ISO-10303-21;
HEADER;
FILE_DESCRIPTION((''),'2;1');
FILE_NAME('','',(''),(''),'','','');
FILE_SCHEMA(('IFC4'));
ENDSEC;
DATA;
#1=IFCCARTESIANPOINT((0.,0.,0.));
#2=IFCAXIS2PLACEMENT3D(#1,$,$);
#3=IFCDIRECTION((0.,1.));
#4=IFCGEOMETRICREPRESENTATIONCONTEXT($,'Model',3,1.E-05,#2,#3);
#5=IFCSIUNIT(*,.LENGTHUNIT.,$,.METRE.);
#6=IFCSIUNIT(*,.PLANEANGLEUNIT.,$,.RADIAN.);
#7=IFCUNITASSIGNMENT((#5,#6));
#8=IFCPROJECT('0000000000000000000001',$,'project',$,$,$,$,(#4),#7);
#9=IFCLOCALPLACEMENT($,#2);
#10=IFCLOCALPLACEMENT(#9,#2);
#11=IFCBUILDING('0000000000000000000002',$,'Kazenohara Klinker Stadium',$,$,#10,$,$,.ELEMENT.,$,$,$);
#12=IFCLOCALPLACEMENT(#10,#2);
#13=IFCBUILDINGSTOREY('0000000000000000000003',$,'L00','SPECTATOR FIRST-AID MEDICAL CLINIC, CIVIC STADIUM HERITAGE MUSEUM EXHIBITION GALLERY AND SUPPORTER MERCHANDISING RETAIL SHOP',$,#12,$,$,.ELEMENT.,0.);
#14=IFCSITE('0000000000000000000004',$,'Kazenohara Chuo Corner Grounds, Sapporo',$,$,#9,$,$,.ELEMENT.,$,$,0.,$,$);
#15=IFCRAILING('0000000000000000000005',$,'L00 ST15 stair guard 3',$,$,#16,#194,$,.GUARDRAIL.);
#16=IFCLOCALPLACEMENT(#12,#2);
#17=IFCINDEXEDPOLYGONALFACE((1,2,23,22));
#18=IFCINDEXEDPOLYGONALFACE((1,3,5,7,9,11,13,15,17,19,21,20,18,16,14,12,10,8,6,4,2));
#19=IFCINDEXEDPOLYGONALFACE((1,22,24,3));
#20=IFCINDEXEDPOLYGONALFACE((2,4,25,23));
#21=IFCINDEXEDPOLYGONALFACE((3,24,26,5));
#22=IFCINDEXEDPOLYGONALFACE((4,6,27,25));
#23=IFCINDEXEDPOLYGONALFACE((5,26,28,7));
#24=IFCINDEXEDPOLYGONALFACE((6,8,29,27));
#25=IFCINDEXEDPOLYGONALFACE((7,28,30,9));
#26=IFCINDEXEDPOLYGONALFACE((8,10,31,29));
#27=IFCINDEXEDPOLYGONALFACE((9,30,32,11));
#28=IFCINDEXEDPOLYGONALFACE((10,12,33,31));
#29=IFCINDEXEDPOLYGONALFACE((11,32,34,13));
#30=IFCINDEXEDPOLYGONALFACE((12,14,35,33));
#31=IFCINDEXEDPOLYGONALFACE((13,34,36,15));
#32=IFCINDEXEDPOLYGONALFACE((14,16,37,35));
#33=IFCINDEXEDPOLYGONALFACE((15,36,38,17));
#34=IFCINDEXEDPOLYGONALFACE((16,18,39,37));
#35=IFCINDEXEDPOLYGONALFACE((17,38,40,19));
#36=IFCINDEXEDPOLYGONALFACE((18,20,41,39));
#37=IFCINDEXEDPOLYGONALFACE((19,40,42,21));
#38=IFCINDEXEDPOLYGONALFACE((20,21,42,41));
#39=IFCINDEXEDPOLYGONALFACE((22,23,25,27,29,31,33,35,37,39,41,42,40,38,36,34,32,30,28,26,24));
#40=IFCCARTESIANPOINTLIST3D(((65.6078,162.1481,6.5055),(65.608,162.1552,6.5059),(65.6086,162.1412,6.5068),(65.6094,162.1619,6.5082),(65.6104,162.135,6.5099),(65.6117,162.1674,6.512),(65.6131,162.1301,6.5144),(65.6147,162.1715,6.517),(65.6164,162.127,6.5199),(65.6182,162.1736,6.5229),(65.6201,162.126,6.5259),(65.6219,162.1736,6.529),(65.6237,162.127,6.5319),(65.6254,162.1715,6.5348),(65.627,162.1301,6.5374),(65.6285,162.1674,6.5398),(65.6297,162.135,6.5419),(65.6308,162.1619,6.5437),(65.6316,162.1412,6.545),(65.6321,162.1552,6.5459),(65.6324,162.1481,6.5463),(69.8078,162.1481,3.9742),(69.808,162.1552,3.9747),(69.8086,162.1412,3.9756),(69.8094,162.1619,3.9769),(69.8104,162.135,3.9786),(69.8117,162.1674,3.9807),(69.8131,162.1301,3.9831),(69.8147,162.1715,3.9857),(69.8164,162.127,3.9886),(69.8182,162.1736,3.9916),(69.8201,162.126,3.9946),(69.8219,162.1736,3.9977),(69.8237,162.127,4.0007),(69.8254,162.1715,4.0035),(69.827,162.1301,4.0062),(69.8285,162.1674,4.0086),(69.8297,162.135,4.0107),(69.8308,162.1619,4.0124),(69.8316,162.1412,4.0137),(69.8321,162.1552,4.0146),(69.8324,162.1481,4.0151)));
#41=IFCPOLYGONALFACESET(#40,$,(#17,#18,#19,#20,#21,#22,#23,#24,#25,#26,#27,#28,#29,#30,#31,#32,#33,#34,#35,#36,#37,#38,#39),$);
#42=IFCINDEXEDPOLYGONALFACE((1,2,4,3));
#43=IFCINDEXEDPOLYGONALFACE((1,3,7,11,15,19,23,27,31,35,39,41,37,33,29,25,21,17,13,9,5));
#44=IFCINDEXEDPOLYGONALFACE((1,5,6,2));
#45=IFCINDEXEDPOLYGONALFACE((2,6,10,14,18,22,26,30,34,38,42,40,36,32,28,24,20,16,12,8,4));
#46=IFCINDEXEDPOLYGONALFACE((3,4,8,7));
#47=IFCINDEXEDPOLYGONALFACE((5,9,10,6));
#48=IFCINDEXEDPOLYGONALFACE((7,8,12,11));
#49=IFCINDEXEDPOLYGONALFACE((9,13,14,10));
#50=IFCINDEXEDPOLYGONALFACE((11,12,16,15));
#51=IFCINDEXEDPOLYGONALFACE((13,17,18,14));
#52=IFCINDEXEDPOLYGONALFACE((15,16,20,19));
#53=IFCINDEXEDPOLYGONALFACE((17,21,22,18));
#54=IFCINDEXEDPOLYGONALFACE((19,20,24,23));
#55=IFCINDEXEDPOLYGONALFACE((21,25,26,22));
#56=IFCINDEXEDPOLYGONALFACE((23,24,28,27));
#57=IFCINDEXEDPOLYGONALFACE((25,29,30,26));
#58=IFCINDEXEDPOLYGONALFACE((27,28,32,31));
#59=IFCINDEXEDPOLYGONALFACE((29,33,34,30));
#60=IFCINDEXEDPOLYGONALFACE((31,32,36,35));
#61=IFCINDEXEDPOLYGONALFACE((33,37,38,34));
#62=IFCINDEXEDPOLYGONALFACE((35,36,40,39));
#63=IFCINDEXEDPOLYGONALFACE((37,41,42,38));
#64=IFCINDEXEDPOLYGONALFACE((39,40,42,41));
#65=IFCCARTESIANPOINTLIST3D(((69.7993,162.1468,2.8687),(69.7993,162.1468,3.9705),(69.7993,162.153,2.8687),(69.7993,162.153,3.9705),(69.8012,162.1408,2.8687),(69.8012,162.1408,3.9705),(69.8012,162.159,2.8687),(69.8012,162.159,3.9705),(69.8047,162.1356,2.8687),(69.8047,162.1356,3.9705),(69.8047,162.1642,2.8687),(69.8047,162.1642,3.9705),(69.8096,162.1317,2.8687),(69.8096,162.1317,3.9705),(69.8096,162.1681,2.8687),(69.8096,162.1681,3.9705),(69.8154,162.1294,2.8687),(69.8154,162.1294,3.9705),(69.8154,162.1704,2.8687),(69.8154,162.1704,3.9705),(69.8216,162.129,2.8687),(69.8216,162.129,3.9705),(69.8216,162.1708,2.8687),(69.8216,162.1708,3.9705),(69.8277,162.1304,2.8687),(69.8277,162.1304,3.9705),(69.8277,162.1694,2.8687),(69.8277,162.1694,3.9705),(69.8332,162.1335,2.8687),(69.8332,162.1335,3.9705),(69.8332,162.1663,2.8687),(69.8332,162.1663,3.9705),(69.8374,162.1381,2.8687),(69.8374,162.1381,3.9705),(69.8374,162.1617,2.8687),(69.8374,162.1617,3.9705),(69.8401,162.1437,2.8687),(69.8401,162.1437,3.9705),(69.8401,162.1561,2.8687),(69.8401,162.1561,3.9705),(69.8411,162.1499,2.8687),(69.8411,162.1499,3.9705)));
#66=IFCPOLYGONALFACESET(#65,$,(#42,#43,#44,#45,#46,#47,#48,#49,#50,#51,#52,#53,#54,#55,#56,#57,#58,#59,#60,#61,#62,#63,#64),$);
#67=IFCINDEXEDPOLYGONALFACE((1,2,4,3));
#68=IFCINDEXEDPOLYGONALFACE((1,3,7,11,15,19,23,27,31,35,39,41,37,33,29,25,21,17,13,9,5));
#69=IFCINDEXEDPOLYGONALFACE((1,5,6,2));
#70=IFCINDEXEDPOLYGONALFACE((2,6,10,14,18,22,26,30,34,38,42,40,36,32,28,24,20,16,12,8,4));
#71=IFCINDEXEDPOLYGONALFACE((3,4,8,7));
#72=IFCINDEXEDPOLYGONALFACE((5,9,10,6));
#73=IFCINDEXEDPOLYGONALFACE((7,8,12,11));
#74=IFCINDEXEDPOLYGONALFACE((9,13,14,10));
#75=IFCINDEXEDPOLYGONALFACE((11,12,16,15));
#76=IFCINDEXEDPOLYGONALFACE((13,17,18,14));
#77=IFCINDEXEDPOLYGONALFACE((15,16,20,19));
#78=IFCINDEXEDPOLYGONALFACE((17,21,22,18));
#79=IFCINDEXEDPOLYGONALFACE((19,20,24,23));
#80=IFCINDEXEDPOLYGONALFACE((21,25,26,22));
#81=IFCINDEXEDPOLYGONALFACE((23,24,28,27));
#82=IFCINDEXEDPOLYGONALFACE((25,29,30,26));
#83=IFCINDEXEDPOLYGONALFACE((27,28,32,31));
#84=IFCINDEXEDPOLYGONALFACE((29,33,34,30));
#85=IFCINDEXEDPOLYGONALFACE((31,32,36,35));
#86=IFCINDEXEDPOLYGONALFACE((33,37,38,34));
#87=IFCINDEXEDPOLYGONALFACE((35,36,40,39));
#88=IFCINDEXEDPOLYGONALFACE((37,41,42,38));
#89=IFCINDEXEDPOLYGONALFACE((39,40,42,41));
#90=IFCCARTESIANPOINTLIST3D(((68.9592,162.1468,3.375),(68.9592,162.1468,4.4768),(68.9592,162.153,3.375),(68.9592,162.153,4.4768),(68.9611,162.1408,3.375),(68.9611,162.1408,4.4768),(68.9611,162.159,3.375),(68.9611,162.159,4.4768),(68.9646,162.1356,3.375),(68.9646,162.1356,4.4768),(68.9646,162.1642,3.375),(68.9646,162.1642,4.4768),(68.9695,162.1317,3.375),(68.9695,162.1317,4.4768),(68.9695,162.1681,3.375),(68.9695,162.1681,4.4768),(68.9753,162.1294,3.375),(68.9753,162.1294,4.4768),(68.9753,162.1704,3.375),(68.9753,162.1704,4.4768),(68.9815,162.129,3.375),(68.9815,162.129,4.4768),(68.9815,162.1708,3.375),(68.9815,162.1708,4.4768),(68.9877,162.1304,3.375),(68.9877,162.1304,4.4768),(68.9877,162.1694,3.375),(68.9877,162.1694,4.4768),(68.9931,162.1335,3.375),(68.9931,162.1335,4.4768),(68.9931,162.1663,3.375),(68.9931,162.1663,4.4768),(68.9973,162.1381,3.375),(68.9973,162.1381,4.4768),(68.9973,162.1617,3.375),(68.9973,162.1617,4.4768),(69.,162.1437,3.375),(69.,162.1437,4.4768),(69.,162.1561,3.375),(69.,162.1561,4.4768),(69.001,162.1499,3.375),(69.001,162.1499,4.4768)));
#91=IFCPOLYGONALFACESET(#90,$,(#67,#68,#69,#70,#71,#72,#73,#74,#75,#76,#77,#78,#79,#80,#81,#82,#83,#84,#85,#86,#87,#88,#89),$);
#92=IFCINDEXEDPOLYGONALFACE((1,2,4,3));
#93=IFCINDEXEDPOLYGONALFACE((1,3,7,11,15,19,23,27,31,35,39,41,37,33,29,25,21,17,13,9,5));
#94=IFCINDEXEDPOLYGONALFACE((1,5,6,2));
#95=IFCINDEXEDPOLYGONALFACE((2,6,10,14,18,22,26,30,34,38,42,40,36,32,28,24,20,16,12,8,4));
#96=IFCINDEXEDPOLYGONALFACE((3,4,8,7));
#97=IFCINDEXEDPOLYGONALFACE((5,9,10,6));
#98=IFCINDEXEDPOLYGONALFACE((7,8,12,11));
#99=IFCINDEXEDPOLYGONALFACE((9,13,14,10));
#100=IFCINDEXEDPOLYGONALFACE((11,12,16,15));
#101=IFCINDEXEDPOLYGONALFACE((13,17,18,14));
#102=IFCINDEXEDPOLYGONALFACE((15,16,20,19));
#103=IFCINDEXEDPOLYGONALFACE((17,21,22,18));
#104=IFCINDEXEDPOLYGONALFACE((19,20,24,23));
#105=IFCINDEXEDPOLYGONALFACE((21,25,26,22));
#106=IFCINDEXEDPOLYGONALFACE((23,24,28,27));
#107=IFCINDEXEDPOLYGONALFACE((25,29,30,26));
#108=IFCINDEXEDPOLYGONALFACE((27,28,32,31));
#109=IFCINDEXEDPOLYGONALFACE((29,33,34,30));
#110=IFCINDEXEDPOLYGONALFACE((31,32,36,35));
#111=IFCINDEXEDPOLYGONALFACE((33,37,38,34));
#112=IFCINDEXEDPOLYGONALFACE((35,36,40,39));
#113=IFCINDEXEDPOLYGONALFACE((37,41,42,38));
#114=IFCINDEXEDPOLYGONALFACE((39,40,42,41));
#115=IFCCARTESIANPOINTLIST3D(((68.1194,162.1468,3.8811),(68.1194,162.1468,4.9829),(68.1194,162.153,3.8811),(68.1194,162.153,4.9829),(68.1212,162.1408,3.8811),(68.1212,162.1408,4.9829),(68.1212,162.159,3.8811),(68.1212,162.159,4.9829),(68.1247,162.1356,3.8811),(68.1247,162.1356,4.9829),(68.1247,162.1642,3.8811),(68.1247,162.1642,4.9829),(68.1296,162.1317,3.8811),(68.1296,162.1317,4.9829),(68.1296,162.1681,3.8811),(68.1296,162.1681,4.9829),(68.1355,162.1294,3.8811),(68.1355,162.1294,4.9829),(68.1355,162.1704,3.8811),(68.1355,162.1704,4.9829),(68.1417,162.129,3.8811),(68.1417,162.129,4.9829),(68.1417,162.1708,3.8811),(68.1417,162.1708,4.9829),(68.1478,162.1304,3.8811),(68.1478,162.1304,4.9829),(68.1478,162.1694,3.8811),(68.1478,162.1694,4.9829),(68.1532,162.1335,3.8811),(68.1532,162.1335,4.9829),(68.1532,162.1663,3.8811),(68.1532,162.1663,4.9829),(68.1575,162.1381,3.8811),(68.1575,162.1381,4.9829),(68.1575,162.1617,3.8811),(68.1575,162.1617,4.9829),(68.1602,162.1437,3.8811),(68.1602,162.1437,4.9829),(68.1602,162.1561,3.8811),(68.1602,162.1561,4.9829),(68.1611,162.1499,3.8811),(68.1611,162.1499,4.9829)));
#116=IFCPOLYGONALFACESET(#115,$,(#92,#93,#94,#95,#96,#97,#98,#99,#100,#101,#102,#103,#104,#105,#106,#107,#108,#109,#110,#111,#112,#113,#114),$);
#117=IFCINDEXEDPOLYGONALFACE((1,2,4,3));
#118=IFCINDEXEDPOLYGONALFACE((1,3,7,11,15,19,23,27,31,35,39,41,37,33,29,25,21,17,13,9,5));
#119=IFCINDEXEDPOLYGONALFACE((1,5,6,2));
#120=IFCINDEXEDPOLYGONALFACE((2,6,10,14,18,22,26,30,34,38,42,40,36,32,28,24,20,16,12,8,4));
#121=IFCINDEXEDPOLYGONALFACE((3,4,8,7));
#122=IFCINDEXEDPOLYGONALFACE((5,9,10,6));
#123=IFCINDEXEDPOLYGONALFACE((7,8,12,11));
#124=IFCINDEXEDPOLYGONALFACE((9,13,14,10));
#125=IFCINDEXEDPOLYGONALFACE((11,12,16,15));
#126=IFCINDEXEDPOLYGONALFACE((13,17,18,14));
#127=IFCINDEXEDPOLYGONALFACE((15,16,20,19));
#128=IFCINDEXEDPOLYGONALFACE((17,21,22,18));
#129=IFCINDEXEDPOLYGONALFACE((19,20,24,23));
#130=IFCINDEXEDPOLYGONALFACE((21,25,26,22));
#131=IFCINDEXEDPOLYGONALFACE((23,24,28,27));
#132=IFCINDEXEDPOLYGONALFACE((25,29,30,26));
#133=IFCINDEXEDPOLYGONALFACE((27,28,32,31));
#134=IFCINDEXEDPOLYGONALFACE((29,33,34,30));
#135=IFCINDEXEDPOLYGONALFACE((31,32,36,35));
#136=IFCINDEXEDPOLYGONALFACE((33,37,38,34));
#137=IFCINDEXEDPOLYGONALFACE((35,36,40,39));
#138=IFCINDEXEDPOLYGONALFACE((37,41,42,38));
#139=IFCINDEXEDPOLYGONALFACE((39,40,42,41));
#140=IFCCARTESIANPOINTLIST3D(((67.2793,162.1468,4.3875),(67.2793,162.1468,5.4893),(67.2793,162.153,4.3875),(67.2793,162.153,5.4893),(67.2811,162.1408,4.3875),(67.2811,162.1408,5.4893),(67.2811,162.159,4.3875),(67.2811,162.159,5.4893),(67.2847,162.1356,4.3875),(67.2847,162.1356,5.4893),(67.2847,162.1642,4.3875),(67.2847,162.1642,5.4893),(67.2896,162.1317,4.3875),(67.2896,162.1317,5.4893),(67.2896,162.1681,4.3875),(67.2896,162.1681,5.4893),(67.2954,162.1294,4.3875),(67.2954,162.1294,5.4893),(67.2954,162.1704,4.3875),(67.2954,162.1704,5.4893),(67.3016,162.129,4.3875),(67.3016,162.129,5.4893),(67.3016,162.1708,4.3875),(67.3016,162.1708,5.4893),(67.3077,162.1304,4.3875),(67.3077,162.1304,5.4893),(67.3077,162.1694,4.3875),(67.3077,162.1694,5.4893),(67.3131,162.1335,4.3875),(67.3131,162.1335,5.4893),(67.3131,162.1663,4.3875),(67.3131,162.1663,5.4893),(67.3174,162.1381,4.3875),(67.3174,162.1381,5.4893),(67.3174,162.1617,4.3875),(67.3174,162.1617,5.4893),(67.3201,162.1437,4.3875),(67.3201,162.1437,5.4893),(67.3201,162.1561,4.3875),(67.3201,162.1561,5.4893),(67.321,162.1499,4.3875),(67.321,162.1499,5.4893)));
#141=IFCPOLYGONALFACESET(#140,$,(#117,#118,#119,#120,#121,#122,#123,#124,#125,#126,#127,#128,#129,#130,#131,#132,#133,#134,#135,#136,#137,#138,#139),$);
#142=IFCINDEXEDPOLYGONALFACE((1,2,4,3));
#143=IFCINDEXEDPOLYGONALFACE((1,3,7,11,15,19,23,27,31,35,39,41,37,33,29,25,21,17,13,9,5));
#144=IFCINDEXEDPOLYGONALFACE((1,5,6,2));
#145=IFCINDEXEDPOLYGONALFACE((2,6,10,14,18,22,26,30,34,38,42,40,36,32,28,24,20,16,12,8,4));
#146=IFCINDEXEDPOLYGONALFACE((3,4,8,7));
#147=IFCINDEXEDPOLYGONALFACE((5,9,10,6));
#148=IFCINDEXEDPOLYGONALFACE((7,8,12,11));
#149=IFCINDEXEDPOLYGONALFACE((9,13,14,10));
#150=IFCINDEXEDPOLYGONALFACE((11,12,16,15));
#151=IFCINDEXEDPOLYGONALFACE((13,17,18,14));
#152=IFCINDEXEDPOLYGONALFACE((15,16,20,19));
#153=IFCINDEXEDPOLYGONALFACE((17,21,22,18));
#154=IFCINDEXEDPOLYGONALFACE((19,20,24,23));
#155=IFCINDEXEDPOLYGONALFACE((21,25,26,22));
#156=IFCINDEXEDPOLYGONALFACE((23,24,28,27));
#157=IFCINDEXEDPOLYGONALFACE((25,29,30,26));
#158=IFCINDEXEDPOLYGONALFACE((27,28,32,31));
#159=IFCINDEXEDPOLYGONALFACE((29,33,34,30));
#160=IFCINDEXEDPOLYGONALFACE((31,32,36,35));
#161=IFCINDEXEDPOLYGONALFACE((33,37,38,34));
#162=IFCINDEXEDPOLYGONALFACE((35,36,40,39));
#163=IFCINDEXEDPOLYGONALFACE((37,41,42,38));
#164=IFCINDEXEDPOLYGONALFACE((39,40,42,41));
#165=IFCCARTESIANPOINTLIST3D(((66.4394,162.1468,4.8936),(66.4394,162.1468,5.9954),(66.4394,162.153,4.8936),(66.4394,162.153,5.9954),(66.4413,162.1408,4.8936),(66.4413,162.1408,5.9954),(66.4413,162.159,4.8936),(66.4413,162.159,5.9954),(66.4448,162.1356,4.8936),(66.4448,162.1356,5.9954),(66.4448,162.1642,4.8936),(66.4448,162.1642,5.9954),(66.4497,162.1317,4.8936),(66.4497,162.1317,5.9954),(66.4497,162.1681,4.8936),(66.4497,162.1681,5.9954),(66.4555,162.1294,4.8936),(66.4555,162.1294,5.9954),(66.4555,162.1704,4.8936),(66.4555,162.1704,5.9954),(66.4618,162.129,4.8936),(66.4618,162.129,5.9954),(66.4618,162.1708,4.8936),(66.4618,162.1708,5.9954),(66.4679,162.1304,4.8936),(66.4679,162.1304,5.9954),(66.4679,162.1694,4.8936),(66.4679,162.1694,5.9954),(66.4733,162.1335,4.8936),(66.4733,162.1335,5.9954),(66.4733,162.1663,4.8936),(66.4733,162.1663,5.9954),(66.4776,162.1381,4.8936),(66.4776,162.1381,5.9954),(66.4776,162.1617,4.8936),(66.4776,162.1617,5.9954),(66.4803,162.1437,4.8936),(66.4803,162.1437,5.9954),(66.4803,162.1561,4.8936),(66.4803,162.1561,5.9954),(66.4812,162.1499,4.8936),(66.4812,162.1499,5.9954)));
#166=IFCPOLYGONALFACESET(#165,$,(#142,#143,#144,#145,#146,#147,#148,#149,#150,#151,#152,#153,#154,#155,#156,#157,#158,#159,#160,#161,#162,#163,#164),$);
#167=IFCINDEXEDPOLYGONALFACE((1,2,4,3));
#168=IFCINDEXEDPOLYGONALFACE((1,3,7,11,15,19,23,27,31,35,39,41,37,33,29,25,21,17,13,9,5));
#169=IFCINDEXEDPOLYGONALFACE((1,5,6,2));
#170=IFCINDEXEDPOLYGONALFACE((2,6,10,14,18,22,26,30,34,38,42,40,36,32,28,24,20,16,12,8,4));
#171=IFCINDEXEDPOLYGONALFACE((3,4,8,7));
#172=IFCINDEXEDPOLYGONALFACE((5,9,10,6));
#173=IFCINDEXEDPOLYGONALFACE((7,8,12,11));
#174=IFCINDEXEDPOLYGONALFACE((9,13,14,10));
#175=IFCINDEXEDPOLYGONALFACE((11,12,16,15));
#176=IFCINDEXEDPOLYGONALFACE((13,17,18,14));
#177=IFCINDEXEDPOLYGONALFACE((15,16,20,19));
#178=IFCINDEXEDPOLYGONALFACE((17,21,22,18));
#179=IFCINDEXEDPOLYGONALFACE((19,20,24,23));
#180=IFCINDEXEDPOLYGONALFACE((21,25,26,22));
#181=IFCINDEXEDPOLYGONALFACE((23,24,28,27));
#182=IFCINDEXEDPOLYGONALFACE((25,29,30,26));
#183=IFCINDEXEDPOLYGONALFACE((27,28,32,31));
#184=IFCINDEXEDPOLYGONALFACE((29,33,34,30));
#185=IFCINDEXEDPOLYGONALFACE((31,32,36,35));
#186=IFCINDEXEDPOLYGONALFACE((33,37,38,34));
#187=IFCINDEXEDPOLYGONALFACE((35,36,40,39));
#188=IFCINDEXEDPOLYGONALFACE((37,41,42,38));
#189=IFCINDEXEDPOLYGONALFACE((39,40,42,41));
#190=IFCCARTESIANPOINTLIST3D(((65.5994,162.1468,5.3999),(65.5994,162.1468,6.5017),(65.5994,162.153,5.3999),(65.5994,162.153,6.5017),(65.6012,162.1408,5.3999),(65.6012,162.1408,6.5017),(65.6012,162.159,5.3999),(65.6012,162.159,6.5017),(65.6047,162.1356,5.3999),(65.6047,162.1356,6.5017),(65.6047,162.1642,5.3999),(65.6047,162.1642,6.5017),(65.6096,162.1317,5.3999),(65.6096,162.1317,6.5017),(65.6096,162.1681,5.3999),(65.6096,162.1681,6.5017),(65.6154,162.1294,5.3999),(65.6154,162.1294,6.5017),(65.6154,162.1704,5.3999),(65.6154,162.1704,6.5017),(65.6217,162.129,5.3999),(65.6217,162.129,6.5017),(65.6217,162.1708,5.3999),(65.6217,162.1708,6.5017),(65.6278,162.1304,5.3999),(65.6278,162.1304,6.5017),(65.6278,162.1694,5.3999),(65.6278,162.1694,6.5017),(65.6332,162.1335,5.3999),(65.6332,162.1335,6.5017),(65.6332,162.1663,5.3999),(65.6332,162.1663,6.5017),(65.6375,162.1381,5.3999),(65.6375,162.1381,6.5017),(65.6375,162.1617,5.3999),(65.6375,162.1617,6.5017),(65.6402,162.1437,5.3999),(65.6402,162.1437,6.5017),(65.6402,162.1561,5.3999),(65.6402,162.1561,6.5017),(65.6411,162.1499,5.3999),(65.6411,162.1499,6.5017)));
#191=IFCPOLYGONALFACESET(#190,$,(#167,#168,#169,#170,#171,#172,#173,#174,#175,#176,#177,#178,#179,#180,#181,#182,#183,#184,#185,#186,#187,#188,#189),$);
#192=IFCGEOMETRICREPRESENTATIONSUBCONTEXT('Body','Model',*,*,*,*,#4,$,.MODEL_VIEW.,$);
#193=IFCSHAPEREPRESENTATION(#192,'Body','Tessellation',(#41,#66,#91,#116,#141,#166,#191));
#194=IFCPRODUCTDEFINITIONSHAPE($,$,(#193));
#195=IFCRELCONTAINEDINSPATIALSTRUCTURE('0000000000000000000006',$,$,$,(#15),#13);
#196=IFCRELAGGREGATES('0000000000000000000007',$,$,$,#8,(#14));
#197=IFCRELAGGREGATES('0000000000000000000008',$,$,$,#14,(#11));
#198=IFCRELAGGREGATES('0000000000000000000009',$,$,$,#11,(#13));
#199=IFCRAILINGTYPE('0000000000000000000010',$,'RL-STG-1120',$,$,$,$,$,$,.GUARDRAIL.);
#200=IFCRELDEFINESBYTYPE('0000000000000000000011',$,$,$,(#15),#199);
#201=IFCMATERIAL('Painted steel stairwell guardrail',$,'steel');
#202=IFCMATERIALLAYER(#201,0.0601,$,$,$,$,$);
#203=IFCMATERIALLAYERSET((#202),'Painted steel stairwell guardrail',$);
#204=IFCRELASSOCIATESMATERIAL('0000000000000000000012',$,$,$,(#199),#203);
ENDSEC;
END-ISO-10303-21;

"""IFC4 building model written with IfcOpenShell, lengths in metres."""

from ifc_helpers import new_model, si_unit, direction, frame, origin, origin_2d, place, context, subcontext, project, spatial, circle, extrude, material, layer, layer_set, type_object, element, save


model = new_model("IFC4")

# Units and contexts
model_context = context("Model", 3, precision=1e-05, world=origin(), true_north=direction((0.0, 1.0)))
body_context = subcontext(model_context, "Body", "Model", "MODEL_VIEW")
ifc_project = project(units=[si_unit("LENGTHUNIT", "METRE"), si_unit("PLANEANGLEUNIT", "RADIAN")], contexts=[model_context])

# Site, building, storey
site_placement = place(None, origin())
site = spatial("IfcSite", under=ifc_project, at=site_placement, Name="Kazenohara Chuo Corner Grounds, Sapporo", CompositionType="ELEMENT", RefElevation=0.0)
building_placement = place(site_placement, origin())
building = spatial("IfcBuilding", under=site, at=building_placement, Name="Kazenohara Klinker Stadium", CompositionType="ELEMENT")
storey_placement = place(building_placement, origin())
storey = spatial("IfcBuildingStorey", under=building, at=storey_placement, Name="L00", Description="SPECTATOR FIRST-AID MEDICAL CLINIC, CIVIC STADIUM HERITAGE MUSEUM EXHIBITION GALLERY AND SUPPORTER MERCHANDISING RETAIL SHOP", CompositionType="ELEMENT", Elevation=0.0)

# Railing
ifc_material_1 = material(Name="Painted steel stairwell guardrail", Category="steel")
ifc_layer_1 = layer(ifc_material_1, 0.0601)
ifc_layer_set_1 = layer_set([ifc_layer_1], Name="Painted steel stairwell guardrail")
railing_type_1 = type_object("IfcRailingType", Name="RL-STG-1120", PredefinedType="GUARDRAIL", material=ifc_layer_set_1)
railing_1_placement = place(storey_placement, frame((69.8201, 162.1499, 2.8687)))
element("IfcRailing", 1, at=railing_1_placement, inside=storey, type_object=railing_type_1, Name="L00 ST15 stair guard 3", PredefinedType="GUARDRAIL", context=body_context, shape_type="SweptSolid", body=[
    extrude(circle(Radius=0.0239, at=origin_2d()), frame((0.0, 0.0, 1.126), z_axis=(-0.856476, 0.0, 0.516186), x_axis=(0.0, -1.0, 0.0)), (0.0, 0.0, 1.0), 4.9038),
    extrude(circle(Radius=0.021, at=origin_2d()), origin(), (0.0, 0.0, 1.0), 1.1018),
    extrude(circle(Radius=0.021, at=origin_2d()), frame((-0.8401, 0.0, 0.5063)), (0.0, 0.0, 1.0), 1.1018),
    extrude(circle(Radius=0.021, at=origin_2d()), frame((-1.6799, 0.0, 1.0125)), (0.0, 0.0, 1.0), 1.1018),
    extrude(circle(Radius=0.021, at=origin_2d()), frame((-2.52, 0.0, 1.5188)), (0.0, 0.0, 1.0), 1.1018),
    extrude(circle(Radius=0.021, at=origin_2d()), frame((-3.3599, 0.0, 2.0249)), (0.0, 0.0, 1.0), 1.1018),
    extrude(circle(Radius=0.021, at=origin_2d()), frame((-4.2, 0.0, 2.5312)), (0.0, 0.0, 1.0), 1.1018),
])

save(model, "model.ifc")
